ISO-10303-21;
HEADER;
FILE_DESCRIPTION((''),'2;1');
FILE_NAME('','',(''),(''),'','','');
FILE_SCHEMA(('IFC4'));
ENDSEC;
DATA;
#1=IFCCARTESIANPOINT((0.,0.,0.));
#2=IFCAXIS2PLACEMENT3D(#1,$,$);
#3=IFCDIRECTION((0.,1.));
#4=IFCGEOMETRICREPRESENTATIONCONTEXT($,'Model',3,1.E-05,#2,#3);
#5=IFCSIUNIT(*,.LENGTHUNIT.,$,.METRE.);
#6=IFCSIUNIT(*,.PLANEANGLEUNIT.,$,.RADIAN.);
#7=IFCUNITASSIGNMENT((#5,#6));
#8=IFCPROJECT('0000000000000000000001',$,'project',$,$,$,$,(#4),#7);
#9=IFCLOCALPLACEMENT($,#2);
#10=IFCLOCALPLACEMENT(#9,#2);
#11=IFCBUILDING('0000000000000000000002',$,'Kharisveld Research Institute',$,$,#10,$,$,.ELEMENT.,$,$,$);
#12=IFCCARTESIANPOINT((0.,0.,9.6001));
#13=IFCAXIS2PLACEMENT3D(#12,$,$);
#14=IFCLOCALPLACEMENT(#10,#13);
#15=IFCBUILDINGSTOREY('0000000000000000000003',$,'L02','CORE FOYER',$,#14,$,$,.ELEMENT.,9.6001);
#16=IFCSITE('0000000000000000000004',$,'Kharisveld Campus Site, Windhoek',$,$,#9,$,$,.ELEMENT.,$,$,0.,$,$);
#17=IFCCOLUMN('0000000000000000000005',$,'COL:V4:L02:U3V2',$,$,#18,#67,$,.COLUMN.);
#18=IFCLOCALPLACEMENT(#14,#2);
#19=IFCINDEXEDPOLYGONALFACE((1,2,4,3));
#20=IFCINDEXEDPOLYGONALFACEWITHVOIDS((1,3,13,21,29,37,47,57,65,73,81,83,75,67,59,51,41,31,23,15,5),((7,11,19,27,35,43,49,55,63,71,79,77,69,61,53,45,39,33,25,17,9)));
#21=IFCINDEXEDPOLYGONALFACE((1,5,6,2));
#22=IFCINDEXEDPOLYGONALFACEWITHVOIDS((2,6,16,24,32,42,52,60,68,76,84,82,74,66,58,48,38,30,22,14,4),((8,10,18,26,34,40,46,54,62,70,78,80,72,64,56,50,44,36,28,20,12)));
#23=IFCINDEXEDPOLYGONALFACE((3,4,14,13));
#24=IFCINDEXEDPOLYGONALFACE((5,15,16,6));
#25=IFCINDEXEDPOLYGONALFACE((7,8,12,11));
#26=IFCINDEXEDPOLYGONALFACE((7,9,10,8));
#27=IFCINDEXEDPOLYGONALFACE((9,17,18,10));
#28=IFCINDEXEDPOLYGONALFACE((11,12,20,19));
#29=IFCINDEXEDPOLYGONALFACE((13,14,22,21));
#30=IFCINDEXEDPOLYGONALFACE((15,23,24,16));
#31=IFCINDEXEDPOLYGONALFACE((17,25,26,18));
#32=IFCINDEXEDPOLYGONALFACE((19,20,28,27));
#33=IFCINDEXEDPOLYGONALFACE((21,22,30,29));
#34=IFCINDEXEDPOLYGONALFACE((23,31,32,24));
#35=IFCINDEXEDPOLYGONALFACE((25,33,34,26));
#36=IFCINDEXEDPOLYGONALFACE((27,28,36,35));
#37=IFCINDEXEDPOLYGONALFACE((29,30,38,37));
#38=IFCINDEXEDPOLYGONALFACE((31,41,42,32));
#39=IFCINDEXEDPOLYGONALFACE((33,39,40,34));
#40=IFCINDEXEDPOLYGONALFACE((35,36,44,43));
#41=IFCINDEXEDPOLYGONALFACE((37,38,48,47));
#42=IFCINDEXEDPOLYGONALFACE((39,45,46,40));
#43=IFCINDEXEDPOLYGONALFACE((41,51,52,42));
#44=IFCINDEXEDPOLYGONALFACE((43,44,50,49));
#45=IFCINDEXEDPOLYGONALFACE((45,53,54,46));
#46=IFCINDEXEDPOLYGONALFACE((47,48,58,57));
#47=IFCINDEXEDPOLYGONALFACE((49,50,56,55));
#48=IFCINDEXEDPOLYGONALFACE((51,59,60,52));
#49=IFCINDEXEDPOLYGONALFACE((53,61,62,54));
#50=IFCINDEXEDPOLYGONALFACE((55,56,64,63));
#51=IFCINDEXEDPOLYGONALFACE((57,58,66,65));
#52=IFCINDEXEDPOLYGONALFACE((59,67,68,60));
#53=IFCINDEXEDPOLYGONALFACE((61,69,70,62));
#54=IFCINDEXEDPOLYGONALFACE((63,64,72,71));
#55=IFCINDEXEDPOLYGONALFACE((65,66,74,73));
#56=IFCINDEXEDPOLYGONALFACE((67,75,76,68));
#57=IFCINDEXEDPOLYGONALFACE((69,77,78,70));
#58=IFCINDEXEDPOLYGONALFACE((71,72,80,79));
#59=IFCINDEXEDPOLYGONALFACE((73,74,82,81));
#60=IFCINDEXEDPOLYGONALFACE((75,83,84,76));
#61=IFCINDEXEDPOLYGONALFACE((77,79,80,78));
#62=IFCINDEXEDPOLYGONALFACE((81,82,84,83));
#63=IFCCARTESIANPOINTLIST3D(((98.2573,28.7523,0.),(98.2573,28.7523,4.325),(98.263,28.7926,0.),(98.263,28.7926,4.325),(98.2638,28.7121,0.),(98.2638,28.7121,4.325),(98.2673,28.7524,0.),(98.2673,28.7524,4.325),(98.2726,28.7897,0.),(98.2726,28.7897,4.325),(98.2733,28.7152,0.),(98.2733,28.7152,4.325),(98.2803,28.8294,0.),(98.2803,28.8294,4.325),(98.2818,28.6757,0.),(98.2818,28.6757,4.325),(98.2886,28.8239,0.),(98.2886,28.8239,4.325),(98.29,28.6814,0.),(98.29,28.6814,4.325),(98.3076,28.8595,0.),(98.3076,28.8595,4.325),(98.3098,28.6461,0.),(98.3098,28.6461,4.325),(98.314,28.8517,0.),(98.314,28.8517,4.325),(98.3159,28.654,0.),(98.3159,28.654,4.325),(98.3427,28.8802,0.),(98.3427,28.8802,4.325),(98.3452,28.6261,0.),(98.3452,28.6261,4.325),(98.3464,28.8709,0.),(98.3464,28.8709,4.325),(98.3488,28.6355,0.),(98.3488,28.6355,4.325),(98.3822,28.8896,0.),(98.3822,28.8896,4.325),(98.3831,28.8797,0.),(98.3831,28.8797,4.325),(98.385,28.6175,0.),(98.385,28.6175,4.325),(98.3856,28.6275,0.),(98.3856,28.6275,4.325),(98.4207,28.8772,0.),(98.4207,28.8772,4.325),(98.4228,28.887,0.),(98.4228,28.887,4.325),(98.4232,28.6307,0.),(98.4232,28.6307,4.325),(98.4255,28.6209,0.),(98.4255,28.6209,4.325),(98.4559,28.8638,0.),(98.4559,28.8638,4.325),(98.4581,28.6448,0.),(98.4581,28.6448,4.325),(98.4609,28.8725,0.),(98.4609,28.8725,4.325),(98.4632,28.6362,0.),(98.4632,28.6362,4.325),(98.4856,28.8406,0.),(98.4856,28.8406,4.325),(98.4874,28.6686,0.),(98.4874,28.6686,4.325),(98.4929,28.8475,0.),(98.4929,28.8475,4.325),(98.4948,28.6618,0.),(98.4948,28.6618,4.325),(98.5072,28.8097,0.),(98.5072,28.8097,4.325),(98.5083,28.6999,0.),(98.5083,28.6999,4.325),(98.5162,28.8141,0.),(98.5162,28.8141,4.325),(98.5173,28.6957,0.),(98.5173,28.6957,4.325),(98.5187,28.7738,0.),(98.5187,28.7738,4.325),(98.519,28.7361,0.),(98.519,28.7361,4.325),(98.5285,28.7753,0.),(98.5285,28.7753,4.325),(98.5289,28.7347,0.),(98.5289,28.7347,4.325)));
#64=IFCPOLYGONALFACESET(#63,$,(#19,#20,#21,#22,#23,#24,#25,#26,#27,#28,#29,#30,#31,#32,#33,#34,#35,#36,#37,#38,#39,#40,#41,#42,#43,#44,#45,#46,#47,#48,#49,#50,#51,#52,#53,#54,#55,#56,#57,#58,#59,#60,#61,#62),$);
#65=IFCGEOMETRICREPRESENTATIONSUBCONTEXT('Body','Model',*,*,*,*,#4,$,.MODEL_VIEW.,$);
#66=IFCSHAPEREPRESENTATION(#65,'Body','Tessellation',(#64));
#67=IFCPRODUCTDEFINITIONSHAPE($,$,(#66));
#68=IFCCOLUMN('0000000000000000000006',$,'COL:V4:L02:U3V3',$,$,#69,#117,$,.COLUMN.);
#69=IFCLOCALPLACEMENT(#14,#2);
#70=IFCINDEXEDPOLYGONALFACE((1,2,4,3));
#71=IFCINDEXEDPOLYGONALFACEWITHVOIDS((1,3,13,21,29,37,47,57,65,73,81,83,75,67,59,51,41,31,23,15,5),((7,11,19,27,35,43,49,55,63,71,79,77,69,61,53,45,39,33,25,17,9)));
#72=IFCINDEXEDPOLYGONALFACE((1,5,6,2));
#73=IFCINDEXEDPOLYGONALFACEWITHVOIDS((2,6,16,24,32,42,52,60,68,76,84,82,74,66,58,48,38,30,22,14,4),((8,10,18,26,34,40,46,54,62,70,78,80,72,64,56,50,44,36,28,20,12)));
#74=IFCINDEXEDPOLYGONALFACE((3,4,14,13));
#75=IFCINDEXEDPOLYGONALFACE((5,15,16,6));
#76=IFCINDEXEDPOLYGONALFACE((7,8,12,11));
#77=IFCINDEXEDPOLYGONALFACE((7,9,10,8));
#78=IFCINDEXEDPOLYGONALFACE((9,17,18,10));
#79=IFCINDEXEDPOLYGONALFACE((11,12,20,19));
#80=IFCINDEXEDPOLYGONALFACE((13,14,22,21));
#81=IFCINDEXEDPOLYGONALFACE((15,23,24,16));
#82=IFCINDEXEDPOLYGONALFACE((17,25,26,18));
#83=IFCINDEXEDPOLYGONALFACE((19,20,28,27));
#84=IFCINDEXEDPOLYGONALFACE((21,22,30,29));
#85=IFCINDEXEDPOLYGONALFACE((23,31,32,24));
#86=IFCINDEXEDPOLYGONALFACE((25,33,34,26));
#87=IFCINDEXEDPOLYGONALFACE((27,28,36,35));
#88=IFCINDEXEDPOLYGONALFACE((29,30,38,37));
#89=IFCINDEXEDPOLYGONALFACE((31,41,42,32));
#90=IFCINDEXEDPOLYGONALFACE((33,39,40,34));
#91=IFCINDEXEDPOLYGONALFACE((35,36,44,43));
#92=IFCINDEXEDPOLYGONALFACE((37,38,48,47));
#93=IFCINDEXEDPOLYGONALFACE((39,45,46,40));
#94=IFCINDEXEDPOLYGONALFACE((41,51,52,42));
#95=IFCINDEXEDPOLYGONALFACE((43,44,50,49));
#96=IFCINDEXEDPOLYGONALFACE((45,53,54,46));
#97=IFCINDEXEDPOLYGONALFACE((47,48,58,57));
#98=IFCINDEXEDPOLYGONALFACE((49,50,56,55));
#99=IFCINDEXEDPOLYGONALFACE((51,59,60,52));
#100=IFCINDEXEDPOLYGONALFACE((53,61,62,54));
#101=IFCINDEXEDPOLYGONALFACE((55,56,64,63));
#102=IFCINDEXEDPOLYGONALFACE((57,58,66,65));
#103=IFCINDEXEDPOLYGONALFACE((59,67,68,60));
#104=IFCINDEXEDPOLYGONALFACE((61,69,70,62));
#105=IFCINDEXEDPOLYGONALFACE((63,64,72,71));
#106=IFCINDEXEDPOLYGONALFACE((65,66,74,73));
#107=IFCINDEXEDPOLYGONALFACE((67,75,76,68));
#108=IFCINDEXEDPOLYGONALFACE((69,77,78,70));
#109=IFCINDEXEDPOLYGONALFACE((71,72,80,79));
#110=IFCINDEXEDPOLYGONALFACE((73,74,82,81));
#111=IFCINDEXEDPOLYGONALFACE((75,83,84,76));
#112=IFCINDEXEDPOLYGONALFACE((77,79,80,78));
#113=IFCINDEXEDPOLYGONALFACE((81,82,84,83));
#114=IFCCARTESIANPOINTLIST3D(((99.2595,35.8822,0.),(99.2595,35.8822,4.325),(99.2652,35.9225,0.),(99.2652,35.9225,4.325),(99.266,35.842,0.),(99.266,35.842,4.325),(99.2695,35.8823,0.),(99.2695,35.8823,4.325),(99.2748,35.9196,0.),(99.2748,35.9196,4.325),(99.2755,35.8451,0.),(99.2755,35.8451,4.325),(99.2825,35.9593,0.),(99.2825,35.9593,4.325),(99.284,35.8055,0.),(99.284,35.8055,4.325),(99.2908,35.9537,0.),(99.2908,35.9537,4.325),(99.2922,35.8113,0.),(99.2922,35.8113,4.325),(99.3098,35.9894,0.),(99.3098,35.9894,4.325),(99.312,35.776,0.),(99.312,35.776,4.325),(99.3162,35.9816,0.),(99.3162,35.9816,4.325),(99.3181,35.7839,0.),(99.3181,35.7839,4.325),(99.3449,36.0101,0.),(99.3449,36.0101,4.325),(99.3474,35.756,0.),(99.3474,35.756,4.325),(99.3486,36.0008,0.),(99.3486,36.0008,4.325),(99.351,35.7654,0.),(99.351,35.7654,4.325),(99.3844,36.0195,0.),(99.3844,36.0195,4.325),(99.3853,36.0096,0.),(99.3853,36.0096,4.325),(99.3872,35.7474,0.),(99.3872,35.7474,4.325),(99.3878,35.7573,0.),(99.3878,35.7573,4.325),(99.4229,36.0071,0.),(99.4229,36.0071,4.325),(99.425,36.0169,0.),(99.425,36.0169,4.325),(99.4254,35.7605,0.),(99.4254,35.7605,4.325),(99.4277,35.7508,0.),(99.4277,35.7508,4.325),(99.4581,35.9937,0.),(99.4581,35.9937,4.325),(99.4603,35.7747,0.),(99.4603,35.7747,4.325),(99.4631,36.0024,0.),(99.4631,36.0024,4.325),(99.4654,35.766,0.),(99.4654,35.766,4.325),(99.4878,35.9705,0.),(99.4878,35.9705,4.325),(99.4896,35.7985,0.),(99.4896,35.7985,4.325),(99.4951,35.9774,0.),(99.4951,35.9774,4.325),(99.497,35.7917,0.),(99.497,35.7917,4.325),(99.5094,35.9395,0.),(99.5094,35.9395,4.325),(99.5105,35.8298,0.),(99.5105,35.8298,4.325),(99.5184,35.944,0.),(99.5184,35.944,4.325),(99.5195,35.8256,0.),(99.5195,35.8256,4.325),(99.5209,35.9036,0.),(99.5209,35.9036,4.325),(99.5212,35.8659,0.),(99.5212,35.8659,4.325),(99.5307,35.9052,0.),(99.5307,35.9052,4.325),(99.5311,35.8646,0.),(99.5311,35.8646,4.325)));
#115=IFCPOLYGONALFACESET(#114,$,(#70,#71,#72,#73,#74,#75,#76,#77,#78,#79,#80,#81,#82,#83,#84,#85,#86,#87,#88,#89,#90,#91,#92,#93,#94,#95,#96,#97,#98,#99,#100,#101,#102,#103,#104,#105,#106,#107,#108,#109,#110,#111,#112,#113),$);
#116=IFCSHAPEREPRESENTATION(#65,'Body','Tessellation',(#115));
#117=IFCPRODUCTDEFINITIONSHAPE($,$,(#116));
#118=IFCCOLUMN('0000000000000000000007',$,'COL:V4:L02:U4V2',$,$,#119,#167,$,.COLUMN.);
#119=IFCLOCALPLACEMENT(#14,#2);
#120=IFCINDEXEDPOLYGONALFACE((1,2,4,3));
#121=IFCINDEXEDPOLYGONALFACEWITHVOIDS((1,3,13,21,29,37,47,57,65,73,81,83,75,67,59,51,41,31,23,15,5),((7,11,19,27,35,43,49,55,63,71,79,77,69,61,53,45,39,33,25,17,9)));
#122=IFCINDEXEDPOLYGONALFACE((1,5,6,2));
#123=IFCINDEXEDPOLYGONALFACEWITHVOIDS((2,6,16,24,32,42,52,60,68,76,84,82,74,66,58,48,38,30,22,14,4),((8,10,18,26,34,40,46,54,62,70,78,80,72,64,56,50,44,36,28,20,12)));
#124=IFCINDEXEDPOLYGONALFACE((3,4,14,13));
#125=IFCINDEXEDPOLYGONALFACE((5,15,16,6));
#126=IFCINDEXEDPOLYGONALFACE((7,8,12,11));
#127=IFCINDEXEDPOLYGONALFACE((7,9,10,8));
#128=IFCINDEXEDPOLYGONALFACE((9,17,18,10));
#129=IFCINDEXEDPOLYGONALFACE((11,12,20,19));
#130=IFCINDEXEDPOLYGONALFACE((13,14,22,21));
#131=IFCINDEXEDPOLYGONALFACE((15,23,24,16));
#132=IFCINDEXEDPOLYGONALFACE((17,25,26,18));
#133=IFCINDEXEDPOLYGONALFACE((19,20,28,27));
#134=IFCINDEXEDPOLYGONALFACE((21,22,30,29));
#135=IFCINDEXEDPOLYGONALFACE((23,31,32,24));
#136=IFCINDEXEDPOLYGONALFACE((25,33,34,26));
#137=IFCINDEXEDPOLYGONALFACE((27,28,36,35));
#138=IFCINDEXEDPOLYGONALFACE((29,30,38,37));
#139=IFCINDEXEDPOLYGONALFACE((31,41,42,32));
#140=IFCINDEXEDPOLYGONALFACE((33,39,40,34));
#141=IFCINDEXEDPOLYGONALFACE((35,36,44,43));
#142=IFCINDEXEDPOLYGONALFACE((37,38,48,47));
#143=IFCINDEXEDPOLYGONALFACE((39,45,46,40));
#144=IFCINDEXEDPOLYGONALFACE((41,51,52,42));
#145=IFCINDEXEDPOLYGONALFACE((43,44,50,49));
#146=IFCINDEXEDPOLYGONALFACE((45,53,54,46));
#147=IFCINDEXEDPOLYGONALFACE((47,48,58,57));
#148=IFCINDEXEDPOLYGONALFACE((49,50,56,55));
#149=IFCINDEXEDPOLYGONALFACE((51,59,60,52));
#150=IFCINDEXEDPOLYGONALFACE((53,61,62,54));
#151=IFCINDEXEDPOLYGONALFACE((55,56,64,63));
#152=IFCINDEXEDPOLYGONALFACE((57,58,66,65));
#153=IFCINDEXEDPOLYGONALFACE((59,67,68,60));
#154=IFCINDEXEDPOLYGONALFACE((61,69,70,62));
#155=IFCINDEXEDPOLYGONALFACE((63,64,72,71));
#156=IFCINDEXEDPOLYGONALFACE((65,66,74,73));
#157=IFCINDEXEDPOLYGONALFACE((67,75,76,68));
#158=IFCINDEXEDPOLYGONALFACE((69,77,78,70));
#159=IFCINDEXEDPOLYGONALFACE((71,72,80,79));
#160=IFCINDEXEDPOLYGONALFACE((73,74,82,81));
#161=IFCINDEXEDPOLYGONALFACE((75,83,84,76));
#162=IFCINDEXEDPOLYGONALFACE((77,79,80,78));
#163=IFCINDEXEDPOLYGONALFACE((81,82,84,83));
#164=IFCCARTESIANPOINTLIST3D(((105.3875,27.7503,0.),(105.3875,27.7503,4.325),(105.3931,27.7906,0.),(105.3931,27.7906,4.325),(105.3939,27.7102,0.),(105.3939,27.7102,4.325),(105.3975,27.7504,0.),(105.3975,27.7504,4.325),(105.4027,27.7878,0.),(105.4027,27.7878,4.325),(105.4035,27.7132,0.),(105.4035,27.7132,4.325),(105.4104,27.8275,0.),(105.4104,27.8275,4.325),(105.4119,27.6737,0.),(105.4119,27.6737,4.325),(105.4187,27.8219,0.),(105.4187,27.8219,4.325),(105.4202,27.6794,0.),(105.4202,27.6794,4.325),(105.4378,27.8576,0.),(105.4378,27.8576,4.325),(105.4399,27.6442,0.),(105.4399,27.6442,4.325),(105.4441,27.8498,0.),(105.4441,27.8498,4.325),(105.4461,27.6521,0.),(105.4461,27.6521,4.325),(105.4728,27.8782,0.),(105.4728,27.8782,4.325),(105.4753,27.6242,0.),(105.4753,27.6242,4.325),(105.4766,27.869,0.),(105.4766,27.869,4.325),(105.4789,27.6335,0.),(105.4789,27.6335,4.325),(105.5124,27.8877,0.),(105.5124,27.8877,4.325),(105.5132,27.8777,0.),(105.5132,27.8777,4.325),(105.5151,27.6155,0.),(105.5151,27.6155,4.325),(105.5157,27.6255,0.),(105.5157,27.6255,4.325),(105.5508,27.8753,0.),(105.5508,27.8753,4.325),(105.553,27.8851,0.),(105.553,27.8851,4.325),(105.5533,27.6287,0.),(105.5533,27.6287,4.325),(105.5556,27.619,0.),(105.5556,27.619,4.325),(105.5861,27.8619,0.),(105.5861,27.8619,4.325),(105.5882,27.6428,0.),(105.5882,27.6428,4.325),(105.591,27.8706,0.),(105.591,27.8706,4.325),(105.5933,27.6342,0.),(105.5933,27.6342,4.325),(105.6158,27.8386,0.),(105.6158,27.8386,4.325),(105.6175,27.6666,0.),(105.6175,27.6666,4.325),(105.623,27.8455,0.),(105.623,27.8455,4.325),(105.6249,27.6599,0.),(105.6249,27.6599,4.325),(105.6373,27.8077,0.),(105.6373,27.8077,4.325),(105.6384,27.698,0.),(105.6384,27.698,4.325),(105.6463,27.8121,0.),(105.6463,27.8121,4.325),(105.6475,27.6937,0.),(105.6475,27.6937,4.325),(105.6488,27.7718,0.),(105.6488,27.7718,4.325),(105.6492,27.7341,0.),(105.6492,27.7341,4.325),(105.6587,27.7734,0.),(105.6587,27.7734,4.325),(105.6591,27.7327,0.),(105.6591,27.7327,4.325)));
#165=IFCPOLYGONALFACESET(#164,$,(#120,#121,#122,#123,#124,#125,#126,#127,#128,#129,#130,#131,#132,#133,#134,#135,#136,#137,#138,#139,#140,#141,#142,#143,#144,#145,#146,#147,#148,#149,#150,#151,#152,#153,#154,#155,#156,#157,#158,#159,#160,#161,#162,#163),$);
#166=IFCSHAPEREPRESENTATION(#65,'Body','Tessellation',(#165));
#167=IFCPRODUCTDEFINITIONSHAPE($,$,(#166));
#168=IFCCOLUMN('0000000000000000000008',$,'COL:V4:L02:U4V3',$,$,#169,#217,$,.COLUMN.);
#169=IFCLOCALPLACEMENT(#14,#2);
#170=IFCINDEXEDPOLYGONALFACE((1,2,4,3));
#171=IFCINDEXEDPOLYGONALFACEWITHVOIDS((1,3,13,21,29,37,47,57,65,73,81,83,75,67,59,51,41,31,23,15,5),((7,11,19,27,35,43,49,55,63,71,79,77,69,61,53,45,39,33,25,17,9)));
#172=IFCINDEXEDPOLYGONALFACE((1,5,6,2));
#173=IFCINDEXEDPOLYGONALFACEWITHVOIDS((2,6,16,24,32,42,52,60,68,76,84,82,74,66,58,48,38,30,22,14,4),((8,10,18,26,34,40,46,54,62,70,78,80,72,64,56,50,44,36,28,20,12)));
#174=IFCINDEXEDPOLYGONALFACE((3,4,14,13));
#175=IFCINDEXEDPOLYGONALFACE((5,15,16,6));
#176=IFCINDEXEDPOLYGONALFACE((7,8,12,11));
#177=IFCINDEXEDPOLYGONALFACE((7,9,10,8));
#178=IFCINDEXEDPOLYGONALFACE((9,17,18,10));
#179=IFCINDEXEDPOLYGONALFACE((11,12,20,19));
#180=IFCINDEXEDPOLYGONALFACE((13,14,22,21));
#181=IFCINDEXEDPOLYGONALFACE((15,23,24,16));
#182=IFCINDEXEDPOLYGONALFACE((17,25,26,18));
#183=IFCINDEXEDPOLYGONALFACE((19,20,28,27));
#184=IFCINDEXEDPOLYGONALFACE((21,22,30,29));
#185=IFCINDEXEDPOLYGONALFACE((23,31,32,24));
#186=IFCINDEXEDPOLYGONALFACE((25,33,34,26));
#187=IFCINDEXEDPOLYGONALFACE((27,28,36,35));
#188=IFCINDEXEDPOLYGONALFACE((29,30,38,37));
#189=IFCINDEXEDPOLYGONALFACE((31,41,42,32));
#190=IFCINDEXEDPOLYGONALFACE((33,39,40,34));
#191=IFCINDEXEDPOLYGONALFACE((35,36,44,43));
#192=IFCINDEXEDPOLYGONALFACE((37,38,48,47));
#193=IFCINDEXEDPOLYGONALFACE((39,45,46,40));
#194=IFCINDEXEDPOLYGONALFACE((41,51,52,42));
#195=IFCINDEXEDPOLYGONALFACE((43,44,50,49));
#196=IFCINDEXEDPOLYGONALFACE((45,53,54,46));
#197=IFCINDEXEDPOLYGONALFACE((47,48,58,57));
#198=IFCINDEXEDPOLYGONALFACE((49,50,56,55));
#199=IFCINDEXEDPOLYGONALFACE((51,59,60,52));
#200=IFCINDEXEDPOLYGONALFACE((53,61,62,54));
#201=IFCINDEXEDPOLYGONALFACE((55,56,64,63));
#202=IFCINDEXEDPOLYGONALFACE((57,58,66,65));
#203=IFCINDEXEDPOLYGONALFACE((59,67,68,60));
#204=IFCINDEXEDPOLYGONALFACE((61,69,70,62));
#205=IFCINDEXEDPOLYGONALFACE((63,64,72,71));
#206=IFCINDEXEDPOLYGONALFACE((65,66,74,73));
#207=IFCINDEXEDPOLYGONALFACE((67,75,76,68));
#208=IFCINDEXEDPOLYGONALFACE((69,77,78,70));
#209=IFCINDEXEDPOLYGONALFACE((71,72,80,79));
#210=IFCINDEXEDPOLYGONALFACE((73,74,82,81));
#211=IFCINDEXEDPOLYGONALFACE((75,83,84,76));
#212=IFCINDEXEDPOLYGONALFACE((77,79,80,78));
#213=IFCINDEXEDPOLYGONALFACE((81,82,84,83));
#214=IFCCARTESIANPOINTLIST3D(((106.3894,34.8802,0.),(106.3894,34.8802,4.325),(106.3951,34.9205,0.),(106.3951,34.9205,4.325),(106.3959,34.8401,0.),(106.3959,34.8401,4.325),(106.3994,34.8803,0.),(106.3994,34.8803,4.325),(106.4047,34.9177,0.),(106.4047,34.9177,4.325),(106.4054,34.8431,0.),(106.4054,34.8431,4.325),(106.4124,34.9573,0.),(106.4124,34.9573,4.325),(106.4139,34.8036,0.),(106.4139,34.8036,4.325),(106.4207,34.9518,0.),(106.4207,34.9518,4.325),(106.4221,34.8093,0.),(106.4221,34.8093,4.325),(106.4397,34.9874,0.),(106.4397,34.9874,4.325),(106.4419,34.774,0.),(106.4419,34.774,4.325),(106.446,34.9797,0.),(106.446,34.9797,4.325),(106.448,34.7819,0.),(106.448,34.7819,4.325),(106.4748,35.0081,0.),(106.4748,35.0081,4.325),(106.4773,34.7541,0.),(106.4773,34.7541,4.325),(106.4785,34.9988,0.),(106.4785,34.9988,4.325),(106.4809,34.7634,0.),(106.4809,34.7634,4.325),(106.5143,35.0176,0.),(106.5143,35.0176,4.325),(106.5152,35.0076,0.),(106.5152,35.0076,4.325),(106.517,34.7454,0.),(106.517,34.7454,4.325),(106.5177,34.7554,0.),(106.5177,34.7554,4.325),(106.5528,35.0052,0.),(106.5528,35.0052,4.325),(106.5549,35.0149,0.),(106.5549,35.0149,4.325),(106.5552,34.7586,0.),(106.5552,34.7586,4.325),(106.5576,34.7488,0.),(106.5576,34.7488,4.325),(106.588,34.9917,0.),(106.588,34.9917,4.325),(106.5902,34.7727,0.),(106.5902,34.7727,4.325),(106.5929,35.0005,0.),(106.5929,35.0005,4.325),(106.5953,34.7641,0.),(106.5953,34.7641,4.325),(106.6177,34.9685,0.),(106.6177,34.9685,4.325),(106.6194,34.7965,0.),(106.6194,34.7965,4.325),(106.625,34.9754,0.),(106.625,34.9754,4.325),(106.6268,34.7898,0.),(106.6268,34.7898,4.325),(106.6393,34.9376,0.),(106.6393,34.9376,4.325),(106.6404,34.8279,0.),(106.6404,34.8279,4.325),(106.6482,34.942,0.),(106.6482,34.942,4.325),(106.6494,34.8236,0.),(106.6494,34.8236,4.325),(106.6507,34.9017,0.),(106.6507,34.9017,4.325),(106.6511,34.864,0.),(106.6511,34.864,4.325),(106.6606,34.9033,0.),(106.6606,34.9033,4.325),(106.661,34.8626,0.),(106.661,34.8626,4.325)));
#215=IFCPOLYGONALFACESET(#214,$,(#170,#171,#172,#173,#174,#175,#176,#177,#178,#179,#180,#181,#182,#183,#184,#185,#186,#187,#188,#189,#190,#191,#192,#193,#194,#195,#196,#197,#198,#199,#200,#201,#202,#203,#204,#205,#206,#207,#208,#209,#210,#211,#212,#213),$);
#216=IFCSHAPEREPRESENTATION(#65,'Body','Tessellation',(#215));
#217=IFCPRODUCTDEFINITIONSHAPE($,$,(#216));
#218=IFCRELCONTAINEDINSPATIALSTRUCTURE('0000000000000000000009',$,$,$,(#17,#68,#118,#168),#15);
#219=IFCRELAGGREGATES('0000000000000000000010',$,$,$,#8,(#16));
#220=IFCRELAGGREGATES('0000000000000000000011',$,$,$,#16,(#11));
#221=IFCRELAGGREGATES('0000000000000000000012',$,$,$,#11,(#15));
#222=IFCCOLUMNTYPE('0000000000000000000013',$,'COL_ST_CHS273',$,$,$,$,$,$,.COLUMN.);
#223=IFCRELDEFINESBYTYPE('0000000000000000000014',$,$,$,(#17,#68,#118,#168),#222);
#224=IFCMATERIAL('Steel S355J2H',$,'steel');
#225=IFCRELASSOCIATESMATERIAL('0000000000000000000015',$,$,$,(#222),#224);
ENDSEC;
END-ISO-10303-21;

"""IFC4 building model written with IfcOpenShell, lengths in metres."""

from ifc_helpers import new_model, si_unit, direction, frame, origin, origin_2d, place, context, subcontext, project, spatial, hollow_circle, extrude, material, material_profile, profile_set, type_object, element, save


model = new_model("IFC4")

# Units and contexts
model_context = context("Model", 3, precision=1e-05, world=origin(), true_north=direction((0.0, 1.0)))
body_context = subcontext(model_context, "Body", "Model", "MODEL_VIEW")
ifc_project = project(units=[si_unit("LENGTHUNIT", "METRE"), si_unit("PLANEANGLEUNIT", "RADIAN")], contexts=[model_context])

# Site, building, storey
site_placement = place(None, origin())
site = spatial("IfcSite", under=ifc_project, at=site_placement, Name="Kharisveld Campus Site, Windhoek", CompositionType="ELEMENT", RefElevation=0.0)
building_placement = place(site_placement, origin())
building = spatial("IfcBuilding", under=site, at=building_placement, Name="Kharisveld Research Institute", CompositionType="ELEMENT")
storey_placement = place(building_placement, frame((0.0, 0.0, 9.6001)))
storey = spatial("IfcBuildingStorey", under=building, at=storey_placement, Name="L02", Description="CORE FOYER", CompositionType="ELEMENT", Elevation=9.6001)

# Columns
ifc_material_1 = material(Name="Steel S355J2H", Category="steel")
ifc_material_profile_1 = material_profile(ifc_material_1, hollow_circle(Radius=0.1365, WallThickness=0.01, at=origin_2d()))
ifc_profile_set_1 = profile_set([ifc_material_profile_1], Name="Steel S355J2H")
column_type = type_object("IfcColumnType", Name="COL_ST_CHS273", PredefinedType="COLUMN", material=ifc_profile_set_1)
for number, where, z_axis, x_axis, name in (
    (1, (98.3938, 28.7537, 0.0), (0.0, 0.0, 1.0), (0.990268, -0.139173, 0.0), "COL:V4:L02:U3V2"),
    (2, (99.396, 35.8835, 0.0), (0.0, 0.0, 1.0), (0.990268, -0.139173, 0.0), "COL:V4:L02:U3V3"),
    (3, (105.5239, 27.7517, 0.0), (0.0, 0.0, 1.0), (0.990268, -0.139173, 0.0), "COL:V4:L02:U4V2"),
    (4, (106.5259, 34.8816, 0.0), (0.0, 0.0, 1.0), (0.990268, -0.139173, 0.0), "COL:V4:L02:U4V3"),
):
    element("IfcColumn", number, at=place(storey_placement, frame(where, z_axis=z_axis, x_axis=x_axis)), inside=storey, type_object=column_type, Name=name, PredefinedType="COLUMN", context=body_context, shape_type="SweptSolid", body=[
        extrude(hollow_circle(Radius=0.1365, WallThickness=0.01, at=origin_2d()), origin(), (0.0, 0.0, 1.0), 4.325),
    ])

save(model, "model.ifc")
